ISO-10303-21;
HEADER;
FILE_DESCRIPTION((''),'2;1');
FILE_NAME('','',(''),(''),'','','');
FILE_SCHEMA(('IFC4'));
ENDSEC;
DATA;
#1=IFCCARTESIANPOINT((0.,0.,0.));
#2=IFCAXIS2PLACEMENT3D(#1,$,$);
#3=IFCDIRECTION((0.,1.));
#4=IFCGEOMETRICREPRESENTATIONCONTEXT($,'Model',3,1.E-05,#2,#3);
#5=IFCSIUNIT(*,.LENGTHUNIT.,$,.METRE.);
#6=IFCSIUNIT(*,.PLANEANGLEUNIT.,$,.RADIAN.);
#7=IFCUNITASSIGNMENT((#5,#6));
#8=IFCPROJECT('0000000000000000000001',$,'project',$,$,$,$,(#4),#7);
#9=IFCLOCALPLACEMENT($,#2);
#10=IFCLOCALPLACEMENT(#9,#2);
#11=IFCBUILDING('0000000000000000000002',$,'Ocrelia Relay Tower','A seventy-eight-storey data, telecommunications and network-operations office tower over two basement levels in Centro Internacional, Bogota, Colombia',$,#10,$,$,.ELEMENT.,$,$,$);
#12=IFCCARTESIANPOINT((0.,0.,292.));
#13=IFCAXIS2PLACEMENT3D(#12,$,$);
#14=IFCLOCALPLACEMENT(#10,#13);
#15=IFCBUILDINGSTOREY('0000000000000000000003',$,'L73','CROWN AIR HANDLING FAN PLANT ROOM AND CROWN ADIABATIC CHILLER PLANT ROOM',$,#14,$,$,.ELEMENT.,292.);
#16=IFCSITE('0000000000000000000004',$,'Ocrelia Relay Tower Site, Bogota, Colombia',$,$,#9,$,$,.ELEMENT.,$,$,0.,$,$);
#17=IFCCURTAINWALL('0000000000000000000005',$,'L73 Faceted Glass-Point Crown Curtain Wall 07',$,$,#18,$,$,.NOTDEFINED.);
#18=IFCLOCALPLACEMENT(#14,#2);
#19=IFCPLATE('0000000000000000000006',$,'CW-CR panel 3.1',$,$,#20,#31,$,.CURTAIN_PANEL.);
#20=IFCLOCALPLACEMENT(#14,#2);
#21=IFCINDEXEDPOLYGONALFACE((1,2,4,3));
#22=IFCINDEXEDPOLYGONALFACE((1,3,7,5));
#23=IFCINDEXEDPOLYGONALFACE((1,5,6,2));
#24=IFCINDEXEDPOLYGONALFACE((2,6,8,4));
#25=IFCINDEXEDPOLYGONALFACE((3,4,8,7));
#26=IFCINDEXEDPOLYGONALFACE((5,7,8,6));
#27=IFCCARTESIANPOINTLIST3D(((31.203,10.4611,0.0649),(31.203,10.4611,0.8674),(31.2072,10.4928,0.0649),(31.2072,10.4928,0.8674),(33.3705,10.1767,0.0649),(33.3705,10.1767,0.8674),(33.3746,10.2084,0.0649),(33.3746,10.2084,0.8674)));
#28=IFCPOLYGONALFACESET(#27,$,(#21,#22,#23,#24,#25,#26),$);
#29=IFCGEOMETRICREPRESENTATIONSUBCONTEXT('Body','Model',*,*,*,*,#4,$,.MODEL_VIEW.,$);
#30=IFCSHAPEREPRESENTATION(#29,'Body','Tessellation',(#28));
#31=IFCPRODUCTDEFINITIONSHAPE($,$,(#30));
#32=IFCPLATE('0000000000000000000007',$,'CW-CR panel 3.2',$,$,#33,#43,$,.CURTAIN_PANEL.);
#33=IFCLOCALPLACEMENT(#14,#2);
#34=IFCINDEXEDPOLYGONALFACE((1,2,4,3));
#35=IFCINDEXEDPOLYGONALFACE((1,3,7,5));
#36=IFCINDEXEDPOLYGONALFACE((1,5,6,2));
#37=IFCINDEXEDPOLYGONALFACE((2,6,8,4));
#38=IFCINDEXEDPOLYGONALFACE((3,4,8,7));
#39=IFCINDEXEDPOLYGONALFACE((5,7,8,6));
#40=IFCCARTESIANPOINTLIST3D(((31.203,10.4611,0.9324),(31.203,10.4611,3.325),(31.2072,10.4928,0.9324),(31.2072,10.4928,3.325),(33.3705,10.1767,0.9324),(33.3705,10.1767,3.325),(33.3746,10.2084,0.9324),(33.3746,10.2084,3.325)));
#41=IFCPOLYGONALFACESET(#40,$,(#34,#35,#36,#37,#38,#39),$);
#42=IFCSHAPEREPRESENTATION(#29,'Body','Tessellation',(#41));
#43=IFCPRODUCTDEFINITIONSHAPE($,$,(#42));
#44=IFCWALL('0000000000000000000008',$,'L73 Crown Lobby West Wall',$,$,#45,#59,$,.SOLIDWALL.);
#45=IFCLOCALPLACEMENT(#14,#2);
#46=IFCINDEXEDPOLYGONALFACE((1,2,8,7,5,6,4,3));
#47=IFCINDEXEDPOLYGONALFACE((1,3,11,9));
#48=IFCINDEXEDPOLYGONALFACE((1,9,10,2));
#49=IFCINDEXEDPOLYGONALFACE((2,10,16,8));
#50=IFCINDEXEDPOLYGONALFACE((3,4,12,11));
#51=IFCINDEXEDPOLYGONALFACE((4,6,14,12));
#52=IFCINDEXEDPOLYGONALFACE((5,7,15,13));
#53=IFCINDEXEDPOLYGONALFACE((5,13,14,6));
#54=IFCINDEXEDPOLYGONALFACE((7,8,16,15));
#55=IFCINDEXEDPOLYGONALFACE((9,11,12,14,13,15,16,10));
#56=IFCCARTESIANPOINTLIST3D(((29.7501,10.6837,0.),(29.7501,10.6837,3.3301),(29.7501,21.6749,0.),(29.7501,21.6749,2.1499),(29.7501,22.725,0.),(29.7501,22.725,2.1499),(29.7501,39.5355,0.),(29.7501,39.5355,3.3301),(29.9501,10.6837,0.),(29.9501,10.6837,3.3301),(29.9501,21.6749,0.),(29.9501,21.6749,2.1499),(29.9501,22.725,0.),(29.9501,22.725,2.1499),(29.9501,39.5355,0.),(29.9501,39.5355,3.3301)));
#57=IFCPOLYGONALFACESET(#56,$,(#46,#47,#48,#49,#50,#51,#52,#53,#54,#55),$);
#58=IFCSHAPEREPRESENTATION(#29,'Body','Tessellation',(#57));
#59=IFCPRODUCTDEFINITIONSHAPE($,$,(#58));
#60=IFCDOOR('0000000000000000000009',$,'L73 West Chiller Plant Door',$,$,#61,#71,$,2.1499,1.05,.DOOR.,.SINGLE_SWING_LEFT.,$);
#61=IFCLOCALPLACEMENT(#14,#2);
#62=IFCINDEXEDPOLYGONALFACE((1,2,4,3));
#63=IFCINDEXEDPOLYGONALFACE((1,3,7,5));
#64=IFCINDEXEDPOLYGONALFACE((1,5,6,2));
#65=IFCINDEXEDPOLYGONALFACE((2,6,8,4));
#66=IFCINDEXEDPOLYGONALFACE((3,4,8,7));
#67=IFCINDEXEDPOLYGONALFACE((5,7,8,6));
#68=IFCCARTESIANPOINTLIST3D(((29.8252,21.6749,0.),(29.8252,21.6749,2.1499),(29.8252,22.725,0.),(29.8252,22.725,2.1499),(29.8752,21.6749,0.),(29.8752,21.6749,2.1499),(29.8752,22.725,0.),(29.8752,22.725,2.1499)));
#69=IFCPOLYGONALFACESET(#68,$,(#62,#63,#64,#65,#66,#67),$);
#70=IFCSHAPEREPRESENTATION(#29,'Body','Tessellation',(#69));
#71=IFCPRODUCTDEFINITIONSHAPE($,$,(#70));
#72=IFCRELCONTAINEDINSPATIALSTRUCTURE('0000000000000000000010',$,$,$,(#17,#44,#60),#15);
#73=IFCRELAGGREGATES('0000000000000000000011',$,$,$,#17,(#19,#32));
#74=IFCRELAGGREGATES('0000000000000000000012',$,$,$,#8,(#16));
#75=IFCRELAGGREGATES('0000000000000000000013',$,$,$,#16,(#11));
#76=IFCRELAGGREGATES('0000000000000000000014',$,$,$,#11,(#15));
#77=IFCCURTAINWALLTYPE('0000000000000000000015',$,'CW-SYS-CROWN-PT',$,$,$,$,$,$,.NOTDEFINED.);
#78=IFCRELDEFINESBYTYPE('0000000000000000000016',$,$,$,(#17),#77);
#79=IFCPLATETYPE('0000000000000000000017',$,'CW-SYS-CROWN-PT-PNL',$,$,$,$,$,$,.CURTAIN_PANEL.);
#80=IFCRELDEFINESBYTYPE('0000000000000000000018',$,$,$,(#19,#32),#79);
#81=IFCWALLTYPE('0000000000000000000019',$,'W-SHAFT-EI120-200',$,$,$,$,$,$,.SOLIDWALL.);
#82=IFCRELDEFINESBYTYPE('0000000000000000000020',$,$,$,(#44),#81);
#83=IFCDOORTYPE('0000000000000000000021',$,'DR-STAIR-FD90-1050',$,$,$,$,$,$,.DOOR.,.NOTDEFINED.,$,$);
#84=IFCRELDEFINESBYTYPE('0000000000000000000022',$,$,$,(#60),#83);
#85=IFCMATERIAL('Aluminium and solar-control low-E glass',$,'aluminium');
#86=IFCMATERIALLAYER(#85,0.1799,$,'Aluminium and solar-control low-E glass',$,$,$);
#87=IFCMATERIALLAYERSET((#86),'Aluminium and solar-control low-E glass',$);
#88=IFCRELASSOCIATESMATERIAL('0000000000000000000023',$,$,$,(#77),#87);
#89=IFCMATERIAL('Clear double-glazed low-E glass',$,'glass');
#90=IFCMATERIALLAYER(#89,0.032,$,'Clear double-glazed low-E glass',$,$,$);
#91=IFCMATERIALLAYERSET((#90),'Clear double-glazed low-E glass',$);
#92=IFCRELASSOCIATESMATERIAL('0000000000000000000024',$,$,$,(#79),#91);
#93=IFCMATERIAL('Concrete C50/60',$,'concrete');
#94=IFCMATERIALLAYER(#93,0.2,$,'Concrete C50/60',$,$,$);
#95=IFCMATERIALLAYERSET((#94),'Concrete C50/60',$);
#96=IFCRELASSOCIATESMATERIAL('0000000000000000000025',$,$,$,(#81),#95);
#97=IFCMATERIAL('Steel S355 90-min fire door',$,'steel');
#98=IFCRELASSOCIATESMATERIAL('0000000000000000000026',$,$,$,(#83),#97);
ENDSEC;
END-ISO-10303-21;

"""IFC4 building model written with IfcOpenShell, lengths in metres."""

from ifc_helpers import new_model, si_unit, direction, frame, frame_2d, origin, origin_2d, place, context, subcontext, project, spatial, rectangle, extrude, material, layer, layer_set, type_object, element, fill, aggregate, save


model = new_model("IFC4")

# Units and contexts
model_context = context("Model", 3, precision=1e-05, world=origin(), true_north=direction((0.0, 1.0)))
body_context = subcontext(model_context, "Body", "Model", "MODEL_VIEW")
ifc_project = project(units=[si_unit("LENGTHUNIT", "METRE"), si_unit("PLANEANGLEUNIT", "RADIAN")], contexts=[model_context])

# Site, building, storey
site_placement = place(None, origin())
site = spatial("IfcSite", under=ifc_project, at=site_placement, Name="Ocrelia Relay Tower Site, Bogota, Colombia", CompositionType="ELEMENT", RefElevation=0.0)
building_placement = place(site_placement, origin())
building = spatial("IfcBuilding", under=site, at=building_placement, Name="Ocrelia Relay Tower", Description="A seventy-eight-storey data, telecommunications and network-operations office tower over two basement levels in Centro Internacional, Bogota, Colombia", CompositionType="ELEMENT")
storey_placement = place(building_placement, frame((0.0, 0.0, 292.0)))
storey = spatial("IfcBuildingStorey", under=building, at=storey_placement, Name="L73", Description="CROWN AIR HANDLING FAN PLANT ROOM AND CROWN ADIABATIC CHILLER PLANT ROOM", CompositionType="ELEMENT", Elevation=292.0)

# Curtain wall
ifc_material_1 = material(Name="Aluminium and solar-control low-E glass", Category="aluminium")
ifc_layer_1 = layer(ifc_material_1, 0.1799, Name="Aluminium and solar-control low-E glass")
ifc_layer_set_1 = layer_set([ifc_layer_1], Name="Aluminium and solar-control low-E glass")
curtain_wall_type = type_object("IfcCurtainWallType", Name="CW-SYS-CROWN-PT", PredefinedType="NOTDEFINED", material=ifc_layer_set_1)
curtain_wall_1_placement = place(storey_placement, origin())
curtain_wall_1 = element("IfcCurtainWall", 1, at=curtain_wall_1_placement, inside=storey, type_object=curtain_wall_type, Name="L73 Faceted Glass-Point Crown Curtain Wall 07", PredefinedType="NOTDEFINED")

# Plates
ifc_material_2 = material(Name="Clear double-glazed low-E glass", Category="glass")
ifc_layer_2 = layer(ifc_material_2, 0.032, Name="Clear double-glazed low-E glass")
ifc_layer_set_2 = layer_set([ifc_layer_2], Name="Clear double-glazed low-E glass")
plate_type = type_object("IfcPlateType", Name="CW-SYS-CROWN-PT-PNL", PredefinedType="CURTAIN_PANEL", material=ifc_layer_set_2)
plate_1_placement = place(storey_placement, frame((32.2888, 10.3347, 0.0649), z_axis=(0.0, 0.0, 1.0), x_axis=(0.9915, -0.130108, 0.0)))
plate_1 = element("IfcPlate", 2, at=plate_1_placement, type_object=plate_type, Name="CW-CR panel 3.1", PredefinedType="CURTAIN_PANEL", context=body_context, shape_type="SweptSolid", body=[
    extrude(rectangle(XDim=2.186, YDim=0.032, at=origin_2d()), origin(), (0.0, 0.0, 1.0), 0.8025),
])
plate_2_placement = place(storey_placement, frame((32.2888, 10.3347, 0.9324), z_axis=(0.0, 0.0, 1.0), x_axis=(0.9915, -0.130108, 0.0)))
plate_2 = element("IfcPlate", 3, at=plate_2_placement, type_object=plate_type, Name="CW-CR panel 3.2", PredefinedType="CURTAIN_PANEL", context=body_context, shape_type="SweptSolid", body=[
    extrude(rectangle(XDim=2.186, YDim=0.032, at=origin_2d()), origin(), (0.0, 0.0, 1.0), 2.3926),
])
aggregate(curtain_wall_1, [plate_1, plate_2])

# Wall, opening, door
ifc_material_3 = material(Name="Concrete C50/60", Category="concrete")
ifc_layer_3 = layer(ifc_material_3, 0.2, Name="Concrete C50/60")
ifc_layer_set_3 = layer_set([ifc_layer_3], Name="Concrete C50/60")
wall_type = type_object("IfcWallType", Name="W-SHAFT-EI120-200", PredefinedType="SOLIDWALL", material=ifc_layer_set_3)
wall_placement = place(storey_placement, frame((29.8501, 10.6838, 0.0), z_axis=(0.0, 0.0, 1.0), x_axis=(0.0, 1.0, 0.0)))
wall = element("IfcWall", 4, at=wall_placement, inside=storey, type_object=wall_type, Name="L73 Crown Lobby West Wall", PredefinedType="SOLIDWALL", context=body_context, shape_type="SweptSolid", body=[
    extrude(rectangle(XDim=28.8518, YDim=0.2, at=frame_2d((14.4258, 0.0))), origin(), (0.0, 0.0, 1.0), 3.3301),
])
opening_placement = place(wall_placement, frame((10.9912, 0.0, 0.0)))
opening = element("IfcOpeningElement", 5, at=opening_placement, cuts=wall, PredefinedType="OPENING", context=body_context, shape_type="SweptSolid", body=[
    extrude(rectangle(XDim=1.05, YDim=2.1499, at=frame_2d((0.5249, 1.075))), frame((0.0, 0.1099, 0.0), z_axis=(0.0, -1.0, 0.0), x_axis=(1.0, 0.0, 0.0)), (0.0, 0.0, 1.0), 0.22),
])
ifc_material_4 = material(Name="Steel S355 90-min fire door", Category="steel")
door_type = type_object("IfcDoorType", Name="DR-STAIR-FD90-1050", OperationType="NOTDEFINED", PredefinedType="DOOR", material=ifc_material_4)
door_placement = place(opening_placement, origin())
door = element("IfcDoor", 6, at=door_placement, inside=storey, type_object=door_type, Name="L73 West Chiller Plant Door", OperationType="SINGLE_SWING_LEFT", OverallHeight=2.1499, OverallWidth=1.05, PredefinedType="DOOR", context=body_context, shape_type="SweptSolid", body=[
    extrude(rectangle(XDim=1.05, YDim=2.1499, at=frame_2d((0.5249, 1.075))), frame((0.0, 0.0249, 0.0), z_axis=(0.0, -1.0, 0.0), x_axis=(1.0, 0.0, 0.0)), (0.0, 0.0, 1.0), 0.05),
])
fill(opening, door)

save(model, "model.ifc")
